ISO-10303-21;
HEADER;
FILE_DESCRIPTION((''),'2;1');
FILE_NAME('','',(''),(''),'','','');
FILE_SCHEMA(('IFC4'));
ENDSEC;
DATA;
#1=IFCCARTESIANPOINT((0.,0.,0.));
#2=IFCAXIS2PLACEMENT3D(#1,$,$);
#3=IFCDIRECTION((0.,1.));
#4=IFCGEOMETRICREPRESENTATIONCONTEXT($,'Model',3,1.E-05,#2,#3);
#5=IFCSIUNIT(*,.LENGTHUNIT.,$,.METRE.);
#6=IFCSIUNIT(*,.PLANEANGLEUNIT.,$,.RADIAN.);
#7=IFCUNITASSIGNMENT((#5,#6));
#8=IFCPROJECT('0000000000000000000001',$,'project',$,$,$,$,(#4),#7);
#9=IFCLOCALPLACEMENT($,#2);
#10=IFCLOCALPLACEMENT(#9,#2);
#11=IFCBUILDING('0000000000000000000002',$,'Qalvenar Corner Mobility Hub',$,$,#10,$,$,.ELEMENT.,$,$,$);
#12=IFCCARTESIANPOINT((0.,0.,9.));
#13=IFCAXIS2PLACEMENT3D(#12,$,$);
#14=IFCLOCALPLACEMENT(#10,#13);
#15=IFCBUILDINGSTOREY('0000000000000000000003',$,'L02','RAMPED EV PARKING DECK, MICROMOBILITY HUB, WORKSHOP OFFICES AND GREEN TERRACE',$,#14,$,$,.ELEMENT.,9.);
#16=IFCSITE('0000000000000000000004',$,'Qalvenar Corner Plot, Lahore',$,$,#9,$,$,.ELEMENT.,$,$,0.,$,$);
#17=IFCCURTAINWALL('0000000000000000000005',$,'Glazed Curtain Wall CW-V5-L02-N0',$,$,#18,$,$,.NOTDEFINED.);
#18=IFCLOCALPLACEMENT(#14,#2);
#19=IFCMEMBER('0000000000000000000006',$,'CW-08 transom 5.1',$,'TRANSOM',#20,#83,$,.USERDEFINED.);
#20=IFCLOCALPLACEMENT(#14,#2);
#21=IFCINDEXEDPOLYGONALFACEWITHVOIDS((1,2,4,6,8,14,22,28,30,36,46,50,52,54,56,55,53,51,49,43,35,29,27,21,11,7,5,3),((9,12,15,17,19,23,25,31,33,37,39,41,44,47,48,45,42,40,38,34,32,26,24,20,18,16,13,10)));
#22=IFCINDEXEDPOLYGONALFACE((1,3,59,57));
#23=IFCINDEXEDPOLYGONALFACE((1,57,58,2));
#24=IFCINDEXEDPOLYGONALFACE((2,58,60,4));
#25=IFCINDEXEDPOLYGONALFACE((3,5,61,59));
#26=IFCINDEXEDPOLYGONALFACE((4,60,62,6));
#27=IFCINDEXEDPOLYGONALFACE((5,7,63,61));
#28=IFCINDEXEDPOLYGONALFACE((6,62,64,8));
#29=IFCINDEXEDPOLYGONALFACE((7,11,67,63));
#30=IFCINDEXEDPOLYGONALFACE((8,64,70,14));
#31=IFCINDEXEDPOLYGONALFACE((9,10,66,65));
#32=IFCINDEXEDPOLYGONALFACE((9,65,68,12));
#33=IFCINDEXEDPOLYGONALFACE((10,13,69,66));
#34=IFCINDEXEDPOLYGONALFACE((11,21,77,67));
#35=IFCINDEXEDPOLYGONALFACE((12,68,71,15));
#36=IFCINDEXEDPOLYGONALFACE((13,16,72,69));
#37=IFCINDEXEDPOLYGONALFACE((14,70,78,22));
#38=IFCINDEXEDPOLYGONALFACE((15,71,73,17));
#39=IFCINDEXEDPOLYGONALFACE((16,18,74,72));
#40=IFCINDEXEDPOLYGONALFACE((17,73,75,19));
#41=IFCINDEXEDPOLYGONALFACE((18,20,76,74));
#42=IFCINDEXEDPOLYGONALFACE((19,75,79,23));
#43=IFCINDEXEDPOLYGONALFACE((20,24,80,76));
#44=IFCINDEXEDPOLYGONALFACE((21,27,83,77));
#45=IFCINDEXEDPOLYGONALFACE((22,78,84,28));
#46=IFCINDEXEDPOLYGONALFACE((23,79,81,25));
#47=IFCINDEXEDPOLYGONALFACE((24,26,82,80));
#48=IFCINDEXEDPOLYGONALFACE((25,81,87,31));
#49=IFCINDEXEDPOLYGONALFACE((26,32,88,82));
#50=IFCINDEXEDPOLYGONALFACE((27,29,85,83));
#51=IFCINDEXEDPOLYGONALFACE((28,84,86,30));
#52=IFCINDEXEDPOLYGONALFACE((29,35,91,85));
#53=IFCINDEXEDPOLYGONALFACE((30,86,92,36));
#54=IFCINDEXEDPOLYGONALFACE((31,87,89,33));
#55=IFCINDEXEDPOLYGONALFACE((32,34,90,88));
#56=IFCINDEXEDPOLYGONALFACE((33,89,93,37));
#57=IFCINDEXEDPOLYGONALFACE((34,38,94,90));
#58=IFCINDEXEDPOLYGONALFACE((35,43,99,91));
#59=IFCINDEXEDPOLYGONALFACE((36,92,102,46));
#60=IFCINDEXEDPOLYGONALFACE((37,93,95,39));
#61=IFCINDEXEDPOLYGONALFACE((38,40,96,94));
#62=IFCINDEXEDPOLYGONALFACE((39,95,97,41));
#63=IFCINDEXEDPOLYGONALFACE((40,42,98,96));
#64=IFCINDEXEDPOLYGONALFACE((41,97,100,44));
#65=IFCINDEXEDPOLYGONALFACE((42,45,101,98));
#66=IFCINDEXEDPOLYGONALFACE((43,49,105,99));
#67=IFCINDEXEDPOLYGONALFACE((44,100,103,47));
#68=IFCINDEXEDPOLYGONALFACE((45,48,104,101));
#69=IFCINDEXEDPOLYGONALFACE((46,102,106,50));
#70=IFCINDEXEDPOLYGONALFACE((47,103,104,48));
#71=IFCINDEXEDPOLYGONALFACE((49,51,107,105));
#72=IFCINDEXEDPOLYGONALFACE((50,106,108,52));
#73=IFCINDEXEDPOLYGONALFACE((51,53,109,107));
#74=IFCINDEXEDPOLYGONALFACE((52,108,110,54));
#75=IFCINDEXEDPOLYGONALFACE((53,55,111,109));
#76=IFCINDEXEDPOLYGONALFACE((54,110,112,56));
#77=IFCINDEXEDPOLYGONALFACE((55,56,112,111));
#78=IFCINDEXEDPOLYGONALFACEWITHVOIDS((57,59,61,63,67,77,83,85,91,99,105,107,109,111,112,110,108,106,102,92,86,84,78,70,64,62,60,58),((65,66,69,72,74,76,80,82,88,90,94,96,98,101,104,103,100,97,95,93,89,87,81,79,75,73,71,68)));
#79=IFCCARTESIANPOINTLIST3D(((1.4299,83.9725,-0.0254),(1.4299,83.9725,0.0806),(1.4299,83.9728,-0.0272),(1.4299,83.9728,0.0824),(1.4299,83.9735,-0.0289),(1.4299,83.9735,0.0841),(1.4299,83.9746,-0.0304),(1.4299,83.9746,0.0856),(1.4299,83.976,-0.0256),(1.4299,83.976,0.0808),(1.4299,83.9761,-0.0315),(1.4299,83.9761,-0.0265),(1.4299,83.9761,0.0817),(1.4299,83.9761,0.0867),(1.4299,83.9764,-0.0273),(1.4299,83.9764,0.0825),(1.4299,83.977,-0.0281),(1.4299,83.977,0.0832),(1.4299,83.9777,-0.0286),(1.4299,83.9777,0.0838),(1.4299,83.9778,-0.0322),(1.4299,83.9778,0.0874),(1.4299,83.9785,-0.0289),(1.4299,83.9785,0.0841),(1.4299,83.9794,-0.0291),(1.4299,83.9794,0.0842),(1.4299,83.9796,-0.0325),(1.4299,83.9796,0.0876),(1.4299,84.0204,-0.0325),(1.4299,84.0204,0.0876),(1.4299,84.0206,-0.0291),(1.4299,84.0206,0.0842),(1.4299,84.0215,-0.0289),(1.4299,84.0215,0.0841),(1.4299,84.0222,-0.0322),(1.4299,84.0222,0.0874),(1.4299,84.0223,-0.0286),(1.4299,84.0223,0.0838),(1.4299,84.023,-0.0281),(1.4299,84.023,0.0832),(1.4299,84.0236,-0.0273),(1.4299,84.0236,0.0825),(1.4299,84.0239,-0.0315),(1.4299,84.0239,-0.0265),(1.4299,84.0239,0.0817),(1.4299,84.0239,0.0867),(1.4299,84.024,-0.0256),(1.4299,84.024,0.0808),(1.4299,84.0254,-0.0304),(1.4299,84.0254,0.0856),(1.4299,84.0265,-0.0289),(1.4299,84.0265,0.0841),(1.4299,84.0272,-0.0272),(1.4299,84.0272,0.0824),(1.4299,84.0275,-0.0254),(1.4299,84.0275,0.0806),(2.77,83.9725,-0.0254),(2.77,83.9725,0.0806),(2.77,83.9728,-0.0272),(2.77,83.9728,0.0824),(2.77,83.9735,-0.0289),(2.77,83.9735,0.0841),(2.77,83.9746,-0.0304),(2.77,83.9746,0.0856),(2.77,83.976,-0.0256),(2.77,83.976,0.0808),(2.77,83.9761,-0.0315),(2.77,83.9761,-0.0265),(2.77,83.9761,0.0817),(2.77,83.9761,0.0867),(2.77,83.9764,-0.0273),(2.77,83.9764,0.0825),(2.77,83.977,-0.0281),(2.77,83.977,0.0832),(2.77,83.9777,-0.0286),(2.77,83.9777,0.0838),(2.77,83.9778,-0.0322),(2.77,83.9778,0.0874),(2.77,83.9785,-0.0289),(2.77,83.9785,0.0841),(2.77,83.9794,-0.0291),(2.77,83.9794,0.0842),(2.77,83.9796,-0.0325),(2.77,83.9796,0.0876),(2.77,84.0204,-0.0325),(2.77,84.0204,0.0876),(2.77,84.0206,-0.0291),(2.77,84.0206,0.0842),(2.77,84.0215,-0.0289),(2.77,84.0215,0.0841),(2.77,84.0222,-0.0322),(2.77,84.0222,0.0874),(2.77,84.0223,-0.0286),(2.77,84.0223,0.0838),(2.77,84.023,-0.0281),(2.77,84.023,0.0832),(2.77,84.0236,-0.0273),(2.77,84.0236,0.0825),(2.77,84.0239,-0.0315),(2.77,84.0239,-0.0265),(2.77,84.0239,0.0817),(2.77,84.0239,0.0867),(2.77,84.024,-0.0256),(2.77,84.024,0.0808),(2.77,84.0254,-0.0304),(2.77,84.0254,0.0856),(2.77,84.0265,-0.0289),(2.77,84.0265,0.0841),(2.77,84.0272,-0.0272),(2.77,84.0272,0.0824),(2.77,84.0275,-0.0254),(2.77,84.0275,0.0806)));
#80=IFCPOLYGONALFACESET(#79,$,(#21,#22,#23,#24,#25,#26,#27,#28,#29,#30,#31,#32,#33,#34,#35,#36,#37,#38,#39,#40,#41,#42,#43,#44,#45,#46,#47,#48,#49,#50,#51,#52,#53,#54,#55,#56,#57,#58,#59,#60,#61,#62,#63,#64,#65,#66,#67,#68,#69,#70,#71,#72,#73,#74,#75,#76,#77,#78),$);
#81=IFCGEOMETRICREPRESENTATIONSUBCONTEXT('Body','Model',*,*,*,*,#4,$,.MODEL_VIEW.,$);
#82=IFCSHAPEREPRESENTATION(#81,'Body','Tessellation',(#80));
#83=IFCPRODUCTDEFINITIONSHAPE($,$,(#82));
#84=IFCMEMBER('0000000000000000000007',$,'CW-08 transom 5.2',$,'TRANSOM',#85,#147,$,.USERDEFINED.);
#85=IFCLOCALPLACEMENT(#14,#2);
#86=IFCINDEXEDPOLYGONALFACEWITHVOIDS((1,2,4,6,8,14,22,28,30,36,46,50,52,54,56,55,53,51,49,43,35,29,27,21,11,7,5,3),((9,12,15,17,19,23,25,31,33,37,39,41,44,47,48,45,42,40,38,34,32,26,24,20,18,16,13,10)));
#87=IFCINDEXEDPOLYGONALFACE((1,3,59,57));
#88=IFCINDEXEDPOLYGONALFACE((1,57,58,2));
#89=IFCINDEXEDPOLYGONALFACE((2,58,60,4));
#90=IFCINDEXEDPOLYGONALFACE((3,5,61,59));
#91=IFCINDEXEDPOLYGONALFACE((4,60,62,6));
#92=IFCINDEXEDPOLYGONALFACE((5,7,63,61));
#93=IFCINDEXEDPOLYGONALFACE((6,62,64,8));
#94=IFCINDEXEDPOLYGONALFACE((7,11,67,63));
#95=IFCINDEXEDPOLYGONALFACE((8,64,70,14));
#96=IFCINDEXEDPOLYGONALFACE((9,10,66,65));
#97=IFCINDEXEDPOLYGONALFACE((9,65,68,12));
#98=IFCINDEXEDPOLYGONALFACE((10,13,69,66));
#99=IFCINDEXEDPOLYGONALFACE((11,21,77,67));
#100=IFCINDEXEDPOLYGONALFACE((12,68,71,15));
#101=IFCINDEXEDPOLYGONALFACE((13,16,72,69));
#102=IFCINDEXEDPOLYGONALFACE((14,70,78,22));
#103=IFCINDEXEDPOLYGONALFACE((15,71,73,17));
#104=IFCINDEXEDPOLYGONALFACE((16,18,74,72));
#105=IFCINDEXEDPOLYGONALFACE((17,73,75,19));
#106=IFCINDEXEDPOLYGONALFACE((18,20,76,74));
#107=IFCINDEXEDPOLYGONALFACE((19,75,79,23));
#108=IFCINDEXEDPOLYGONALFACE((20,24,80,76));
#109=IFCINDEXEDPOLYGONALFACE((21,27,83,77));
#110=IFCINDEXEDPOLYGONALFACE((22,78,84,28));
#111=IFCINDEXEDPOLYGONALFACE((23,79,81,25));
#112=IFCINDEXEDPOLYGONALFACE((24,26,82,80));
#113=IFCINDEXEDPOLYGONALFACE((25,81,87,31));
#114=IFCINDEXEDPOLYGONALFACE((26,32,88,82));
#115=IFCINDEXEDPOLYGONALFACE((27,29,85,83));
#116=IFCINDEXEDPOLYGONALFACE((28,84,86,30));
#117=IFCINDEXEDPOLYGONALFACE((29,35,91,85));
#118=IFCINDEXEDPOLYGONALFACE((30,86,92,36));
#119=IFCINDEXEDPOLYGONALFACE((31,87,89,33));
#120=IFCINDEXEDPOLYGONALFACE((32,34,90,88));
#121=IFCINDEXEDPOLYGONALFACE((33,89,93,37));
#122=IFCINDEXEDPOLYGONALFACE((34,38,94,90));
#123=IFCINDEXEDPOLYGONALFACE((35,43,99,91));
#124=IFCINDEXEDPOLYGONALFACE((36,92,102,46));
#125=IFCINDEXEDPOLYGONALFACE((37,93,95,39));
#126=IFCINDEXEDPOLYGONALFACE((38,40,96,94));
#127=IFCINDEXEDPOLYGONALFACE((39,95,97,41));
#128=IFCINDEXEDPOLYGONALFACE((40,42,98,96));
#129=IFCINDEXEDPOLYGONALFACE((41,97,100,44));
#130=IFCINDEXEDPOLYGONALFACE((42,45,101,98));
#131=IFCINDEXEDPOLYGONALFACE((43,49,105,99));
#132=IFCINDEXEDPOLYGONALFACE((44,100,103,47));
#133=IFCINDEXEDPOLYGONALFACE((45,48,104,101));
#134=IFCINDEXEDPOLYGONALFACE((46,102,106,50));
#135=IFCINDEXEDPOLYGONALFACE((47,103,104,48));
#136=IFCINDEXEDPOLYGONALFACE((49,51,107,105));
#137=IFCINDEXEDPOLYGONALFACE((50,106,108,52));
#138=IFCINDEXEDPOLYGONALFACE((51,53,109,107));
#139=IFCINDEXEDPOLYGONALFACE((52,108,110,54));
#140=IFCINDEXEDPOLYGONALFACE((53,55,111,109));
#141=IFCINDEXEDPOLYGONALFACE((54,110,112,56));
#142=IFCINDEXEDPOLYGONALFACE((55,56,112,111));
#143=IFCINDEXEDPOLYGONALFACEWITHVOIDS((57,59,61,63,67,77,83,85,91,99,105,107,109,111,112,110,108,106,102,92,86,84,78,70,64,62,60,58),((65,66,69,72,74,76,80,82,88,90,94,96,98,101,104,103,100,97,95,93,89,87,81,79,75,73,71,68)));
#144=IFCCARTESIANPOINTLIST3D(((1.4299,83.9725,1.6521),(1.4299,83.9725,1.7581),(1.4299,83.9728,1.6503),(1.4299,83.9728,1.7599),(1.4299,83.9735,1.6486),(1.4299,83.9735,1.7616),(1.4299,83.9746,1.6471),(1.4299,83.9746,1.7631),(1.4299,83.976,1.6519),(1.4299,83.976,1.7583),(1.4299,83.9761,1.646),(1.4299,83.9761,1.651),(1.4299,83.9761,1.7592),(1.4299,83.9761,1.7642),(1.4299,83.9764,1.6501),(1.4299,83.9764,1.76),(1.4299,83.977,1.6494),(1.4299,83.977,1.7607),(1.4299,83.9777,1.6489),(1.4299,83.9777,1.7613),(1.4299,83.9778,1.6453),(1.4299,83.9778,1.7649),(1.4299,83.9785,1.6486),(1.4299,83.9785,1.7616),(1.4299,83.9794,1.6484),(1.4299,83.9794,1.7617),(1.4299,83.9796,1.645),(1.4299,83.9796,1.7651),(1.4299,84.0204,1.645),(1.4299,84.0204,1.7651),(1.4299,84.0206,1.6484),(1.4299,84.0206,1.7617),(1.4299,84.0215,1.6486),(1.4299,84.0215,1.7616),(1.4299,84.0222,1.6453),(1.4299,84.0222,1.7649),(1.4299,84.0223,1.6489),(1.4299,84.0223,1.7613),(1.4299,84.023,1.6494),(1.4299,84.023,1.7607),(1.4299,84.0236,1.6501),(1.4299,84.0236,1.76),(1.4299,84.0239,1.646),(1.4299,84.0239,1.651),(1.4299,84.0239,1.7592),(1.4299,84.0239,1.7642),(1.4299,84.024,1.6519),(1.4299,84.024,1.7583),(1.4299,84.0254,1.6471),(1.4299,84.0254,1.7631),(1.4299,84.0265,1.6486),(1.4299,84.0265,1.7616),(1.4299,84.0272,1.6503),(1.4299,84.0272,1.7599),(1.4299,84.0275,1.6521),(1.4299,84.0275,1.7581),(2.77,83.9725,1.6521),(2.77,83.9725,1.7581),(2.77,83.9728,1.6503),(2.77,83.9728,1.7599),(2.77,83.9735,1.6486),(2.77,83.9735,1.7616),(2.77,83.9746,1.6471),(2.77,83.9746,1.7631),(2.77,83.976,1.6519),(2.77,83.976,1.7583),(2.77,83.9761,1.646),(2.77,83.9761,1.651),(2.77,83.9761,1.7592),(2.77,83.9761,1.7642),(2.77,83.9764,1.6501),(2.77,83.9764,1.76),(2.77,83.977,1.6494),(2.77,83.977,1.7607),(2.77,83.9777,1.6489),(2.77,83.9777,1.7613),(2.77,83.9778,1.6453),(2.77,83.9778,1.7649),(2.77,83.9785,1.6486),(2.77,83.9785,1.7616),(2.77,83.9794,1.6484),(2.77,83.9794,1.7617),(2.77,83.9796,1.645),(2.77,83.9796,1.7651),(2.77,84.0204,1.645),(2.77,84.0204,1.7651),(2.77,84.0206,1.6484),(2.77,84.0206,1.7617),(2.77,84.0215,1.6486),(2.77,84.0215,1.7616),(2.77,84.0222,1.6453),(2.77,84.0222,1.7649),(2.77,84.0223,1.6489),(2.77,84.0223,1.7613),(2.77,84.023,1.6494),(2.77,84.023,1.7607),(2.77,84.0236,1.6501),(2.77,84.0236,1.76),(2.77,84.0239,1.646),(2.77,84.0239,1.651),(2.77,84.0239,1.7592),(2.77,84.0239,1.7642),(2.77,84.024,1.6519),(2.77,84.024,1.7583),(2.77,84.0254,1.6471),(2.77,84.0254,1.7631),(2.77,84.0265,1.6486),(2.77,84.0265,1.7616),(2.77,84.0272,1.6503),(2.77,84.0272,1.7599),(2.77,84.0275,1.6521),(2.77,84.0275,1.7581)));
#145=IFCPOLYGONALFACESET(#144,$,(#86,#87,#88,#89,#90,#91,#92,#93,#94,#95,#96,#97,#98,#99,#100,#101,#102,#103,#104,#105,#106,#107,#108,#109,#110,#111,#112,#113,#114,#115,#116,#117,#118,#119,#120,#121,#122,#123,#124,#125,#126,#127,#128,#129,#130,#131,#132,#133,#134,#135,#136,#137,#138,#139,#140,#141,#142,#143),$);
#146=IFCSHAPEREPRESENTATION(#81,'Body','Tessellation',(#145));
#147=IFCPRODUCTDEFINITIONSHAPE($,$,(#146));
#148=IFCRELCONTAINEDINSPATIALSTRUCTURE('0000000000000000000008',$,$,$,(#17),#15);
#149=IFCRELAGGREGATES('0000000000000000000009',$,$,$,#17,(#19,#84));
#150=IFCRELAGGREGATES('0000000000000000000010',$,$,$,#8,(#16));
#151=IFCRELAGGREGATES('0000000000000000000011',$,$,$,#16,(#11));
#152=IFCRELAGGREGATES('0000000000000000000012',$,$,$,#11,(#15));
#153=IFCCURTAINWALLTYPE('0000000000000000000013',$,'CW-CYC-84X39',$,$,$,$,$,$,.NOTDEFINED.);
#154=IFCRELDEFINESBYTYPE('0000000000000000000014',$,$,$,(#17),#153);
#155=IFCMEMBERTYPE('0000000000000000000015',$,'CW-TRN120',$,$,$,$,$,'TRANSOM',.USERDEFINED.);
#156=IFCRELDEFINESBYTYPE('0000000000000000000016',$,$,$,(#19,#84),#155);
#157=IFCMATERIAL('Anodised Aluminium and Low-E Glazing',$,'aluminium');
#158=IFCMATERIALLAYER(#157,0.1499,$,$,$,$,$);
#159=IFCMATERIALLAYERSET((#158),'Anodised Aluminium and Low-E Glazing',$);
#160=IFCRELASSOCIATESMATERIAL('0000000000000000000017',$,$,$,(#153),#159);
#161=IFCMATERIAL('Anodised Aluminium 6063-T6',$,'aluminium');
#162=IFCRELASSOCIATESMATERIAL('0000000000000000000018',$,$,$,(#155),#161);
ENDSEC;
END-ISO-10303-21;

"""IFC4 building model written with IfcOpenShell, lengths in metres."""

from ifc_helpers import new_model, si_unit, direction, frame, origin, origin_2d, place, context, subcontext, project, spatial, hollow_rectangle, extrude, material, layer, layer_set, material_profile, profile_set, type_object, element, aggregate, save


model = new_model("IFC4")

# Units and contexts
model_context = context("Model", 3, precision=1e-05, world=origin(), true_north=direction((0.0, 1.0)))
body_context = subcontext(model_context, "Body", "Model", "MODEL_VIEW")
ifc_project = project(units=[si_unit("LENGTHUNIT", "METRE"), si_unit("PLANEANGLEUNIT", "RADIAN")], contexts=[model_context])

# Site, building, storey
site_placement = place(None, origin())
site = spatial("IfcSite", under=ifc_project, at=site_placement, Name="Qalvenar Corner Plot, Lahore", CompositionType="ELEMENT", RefElevation=0.0)
building_placement = place(site_placement, origin())
building = spatial("IfcBuilding", under=site, at=building_placement, Name="Qalvenar Corner Mobility Hub", CompositionType="ELEMENT")
storey_placement = place(building_placement, frame((0.0, 0.0, 9.0)))
storey = spatial("IfcBuildingStorey", under=building, at=storey_placement, Name="L02", Description="RAMPED EV PARKING DECK, MICROMOBILITY HUB, WORKSHOP OFFICES AND GREEN TERRACE", CompositionType="ELEMENT", Elevation=9.0)

# Shared definitions
ifc_material_1 = material(Name="Anodised Aluminium and Low-E Glazing", Category="aluminium")
ifc_layer_1 = layer(ifc_material_1, 0.1499)
ifc_layer_set_1 = layer_set([ifc_layer_1], Name="Anodised Aluminium and Low-E Glazing")
curtain_wall_type = type_object("IfcCurtainWallType", Name="CW-CYC-84X39", PredefinedType="NOTDEFINED", material=ifc_layer_set_1)
ifc_material_2 = material(Name="Anodised Aluminium 6063-T6", Category="aluminium")

# Curtain wall
curtain_wall_1_placement = place(storey_placement, origin())
curtain_wall_1 = element("IfcCurtainWall", 1, at=curtain_wall_1_placement, inside=storey, type_object=curtain_wall_type, Name="Glazed Curtain Wall CW-V5-L02-N0", PredefinedType="NOTDEFINED")

# Members
ifc_material_profile_1 = material_profile(ifc_material_2, hollow_rectangle(XDim=0.0549, YDim=0.1201, WallThickness=0.0034, InnerFilletRadius=0.0034, OuterFilletRadius=0.0071, at=origin_2d()), Name="RHS120x55x3.5")
ifc_profile_set_1 = profile_set([ifc_material_profile_1], Name="Anodised Aluminium 6063-T6")
member_type_1 = type_object("IfcMemberType", Name="CW-TRN120", ElementType="TRANSOM", PredefinedType="USERDEFINED", material=ifc_profile_set_1)
member_1_placement = place(storey_placement, frame((2.77, 84.0, 0.0276), z_axis=(-1.0, 0.0, 0.0), x_axis=(0.0, -1.0, 0.0)))
member_1 = element("IfcMember", 2, at=member_1_placement, type_object=member_type_1, Name="CW-08 transom 5.1", ObjectType="TRANSOM", PredefinedType="USERDEFINED", context=body_context, shape_type="SweptSolid", body=[
    extrude(hollow_rectangle(XDim=0.0549, YDim=0.1201, WallThickness=0.0034, InnerFilletRadius=0.0034, OuterFilletRadius=0.0071, at=origin_2d()), origin(), (0.0, 0.0, 1.0), 1.3401),
])
member_2_placement = place(storey_placement, frame((2.77, 84.0, 1.7051), z_axis=(-1.0, 0.0, 0.0), x_axis=(0.0, -1.0, 0.0)))
member_2 = element("IfcMember", 3, at=member_2_placement, type_object=member_type_1, Name="CW-08 transom 5.2", ObjectType="TRANSOM", PredefinedType="USERDEFINED", context=body_context, shape_type="SweptSolid", body=[
    extrude(hollow_rectangle(XDim=0.0549, YDim=0.1201, WallThickness=0.0034, InnerFilletRadius=0.0034, OuterFilletRadius=0.0071, at=origin_2d()), origin(), (0.0, 0.0, 1.0), 1.3401),
])

aggregate(curtain_wall_1, [member_1, member_2])

save(model, "model.ifc")
